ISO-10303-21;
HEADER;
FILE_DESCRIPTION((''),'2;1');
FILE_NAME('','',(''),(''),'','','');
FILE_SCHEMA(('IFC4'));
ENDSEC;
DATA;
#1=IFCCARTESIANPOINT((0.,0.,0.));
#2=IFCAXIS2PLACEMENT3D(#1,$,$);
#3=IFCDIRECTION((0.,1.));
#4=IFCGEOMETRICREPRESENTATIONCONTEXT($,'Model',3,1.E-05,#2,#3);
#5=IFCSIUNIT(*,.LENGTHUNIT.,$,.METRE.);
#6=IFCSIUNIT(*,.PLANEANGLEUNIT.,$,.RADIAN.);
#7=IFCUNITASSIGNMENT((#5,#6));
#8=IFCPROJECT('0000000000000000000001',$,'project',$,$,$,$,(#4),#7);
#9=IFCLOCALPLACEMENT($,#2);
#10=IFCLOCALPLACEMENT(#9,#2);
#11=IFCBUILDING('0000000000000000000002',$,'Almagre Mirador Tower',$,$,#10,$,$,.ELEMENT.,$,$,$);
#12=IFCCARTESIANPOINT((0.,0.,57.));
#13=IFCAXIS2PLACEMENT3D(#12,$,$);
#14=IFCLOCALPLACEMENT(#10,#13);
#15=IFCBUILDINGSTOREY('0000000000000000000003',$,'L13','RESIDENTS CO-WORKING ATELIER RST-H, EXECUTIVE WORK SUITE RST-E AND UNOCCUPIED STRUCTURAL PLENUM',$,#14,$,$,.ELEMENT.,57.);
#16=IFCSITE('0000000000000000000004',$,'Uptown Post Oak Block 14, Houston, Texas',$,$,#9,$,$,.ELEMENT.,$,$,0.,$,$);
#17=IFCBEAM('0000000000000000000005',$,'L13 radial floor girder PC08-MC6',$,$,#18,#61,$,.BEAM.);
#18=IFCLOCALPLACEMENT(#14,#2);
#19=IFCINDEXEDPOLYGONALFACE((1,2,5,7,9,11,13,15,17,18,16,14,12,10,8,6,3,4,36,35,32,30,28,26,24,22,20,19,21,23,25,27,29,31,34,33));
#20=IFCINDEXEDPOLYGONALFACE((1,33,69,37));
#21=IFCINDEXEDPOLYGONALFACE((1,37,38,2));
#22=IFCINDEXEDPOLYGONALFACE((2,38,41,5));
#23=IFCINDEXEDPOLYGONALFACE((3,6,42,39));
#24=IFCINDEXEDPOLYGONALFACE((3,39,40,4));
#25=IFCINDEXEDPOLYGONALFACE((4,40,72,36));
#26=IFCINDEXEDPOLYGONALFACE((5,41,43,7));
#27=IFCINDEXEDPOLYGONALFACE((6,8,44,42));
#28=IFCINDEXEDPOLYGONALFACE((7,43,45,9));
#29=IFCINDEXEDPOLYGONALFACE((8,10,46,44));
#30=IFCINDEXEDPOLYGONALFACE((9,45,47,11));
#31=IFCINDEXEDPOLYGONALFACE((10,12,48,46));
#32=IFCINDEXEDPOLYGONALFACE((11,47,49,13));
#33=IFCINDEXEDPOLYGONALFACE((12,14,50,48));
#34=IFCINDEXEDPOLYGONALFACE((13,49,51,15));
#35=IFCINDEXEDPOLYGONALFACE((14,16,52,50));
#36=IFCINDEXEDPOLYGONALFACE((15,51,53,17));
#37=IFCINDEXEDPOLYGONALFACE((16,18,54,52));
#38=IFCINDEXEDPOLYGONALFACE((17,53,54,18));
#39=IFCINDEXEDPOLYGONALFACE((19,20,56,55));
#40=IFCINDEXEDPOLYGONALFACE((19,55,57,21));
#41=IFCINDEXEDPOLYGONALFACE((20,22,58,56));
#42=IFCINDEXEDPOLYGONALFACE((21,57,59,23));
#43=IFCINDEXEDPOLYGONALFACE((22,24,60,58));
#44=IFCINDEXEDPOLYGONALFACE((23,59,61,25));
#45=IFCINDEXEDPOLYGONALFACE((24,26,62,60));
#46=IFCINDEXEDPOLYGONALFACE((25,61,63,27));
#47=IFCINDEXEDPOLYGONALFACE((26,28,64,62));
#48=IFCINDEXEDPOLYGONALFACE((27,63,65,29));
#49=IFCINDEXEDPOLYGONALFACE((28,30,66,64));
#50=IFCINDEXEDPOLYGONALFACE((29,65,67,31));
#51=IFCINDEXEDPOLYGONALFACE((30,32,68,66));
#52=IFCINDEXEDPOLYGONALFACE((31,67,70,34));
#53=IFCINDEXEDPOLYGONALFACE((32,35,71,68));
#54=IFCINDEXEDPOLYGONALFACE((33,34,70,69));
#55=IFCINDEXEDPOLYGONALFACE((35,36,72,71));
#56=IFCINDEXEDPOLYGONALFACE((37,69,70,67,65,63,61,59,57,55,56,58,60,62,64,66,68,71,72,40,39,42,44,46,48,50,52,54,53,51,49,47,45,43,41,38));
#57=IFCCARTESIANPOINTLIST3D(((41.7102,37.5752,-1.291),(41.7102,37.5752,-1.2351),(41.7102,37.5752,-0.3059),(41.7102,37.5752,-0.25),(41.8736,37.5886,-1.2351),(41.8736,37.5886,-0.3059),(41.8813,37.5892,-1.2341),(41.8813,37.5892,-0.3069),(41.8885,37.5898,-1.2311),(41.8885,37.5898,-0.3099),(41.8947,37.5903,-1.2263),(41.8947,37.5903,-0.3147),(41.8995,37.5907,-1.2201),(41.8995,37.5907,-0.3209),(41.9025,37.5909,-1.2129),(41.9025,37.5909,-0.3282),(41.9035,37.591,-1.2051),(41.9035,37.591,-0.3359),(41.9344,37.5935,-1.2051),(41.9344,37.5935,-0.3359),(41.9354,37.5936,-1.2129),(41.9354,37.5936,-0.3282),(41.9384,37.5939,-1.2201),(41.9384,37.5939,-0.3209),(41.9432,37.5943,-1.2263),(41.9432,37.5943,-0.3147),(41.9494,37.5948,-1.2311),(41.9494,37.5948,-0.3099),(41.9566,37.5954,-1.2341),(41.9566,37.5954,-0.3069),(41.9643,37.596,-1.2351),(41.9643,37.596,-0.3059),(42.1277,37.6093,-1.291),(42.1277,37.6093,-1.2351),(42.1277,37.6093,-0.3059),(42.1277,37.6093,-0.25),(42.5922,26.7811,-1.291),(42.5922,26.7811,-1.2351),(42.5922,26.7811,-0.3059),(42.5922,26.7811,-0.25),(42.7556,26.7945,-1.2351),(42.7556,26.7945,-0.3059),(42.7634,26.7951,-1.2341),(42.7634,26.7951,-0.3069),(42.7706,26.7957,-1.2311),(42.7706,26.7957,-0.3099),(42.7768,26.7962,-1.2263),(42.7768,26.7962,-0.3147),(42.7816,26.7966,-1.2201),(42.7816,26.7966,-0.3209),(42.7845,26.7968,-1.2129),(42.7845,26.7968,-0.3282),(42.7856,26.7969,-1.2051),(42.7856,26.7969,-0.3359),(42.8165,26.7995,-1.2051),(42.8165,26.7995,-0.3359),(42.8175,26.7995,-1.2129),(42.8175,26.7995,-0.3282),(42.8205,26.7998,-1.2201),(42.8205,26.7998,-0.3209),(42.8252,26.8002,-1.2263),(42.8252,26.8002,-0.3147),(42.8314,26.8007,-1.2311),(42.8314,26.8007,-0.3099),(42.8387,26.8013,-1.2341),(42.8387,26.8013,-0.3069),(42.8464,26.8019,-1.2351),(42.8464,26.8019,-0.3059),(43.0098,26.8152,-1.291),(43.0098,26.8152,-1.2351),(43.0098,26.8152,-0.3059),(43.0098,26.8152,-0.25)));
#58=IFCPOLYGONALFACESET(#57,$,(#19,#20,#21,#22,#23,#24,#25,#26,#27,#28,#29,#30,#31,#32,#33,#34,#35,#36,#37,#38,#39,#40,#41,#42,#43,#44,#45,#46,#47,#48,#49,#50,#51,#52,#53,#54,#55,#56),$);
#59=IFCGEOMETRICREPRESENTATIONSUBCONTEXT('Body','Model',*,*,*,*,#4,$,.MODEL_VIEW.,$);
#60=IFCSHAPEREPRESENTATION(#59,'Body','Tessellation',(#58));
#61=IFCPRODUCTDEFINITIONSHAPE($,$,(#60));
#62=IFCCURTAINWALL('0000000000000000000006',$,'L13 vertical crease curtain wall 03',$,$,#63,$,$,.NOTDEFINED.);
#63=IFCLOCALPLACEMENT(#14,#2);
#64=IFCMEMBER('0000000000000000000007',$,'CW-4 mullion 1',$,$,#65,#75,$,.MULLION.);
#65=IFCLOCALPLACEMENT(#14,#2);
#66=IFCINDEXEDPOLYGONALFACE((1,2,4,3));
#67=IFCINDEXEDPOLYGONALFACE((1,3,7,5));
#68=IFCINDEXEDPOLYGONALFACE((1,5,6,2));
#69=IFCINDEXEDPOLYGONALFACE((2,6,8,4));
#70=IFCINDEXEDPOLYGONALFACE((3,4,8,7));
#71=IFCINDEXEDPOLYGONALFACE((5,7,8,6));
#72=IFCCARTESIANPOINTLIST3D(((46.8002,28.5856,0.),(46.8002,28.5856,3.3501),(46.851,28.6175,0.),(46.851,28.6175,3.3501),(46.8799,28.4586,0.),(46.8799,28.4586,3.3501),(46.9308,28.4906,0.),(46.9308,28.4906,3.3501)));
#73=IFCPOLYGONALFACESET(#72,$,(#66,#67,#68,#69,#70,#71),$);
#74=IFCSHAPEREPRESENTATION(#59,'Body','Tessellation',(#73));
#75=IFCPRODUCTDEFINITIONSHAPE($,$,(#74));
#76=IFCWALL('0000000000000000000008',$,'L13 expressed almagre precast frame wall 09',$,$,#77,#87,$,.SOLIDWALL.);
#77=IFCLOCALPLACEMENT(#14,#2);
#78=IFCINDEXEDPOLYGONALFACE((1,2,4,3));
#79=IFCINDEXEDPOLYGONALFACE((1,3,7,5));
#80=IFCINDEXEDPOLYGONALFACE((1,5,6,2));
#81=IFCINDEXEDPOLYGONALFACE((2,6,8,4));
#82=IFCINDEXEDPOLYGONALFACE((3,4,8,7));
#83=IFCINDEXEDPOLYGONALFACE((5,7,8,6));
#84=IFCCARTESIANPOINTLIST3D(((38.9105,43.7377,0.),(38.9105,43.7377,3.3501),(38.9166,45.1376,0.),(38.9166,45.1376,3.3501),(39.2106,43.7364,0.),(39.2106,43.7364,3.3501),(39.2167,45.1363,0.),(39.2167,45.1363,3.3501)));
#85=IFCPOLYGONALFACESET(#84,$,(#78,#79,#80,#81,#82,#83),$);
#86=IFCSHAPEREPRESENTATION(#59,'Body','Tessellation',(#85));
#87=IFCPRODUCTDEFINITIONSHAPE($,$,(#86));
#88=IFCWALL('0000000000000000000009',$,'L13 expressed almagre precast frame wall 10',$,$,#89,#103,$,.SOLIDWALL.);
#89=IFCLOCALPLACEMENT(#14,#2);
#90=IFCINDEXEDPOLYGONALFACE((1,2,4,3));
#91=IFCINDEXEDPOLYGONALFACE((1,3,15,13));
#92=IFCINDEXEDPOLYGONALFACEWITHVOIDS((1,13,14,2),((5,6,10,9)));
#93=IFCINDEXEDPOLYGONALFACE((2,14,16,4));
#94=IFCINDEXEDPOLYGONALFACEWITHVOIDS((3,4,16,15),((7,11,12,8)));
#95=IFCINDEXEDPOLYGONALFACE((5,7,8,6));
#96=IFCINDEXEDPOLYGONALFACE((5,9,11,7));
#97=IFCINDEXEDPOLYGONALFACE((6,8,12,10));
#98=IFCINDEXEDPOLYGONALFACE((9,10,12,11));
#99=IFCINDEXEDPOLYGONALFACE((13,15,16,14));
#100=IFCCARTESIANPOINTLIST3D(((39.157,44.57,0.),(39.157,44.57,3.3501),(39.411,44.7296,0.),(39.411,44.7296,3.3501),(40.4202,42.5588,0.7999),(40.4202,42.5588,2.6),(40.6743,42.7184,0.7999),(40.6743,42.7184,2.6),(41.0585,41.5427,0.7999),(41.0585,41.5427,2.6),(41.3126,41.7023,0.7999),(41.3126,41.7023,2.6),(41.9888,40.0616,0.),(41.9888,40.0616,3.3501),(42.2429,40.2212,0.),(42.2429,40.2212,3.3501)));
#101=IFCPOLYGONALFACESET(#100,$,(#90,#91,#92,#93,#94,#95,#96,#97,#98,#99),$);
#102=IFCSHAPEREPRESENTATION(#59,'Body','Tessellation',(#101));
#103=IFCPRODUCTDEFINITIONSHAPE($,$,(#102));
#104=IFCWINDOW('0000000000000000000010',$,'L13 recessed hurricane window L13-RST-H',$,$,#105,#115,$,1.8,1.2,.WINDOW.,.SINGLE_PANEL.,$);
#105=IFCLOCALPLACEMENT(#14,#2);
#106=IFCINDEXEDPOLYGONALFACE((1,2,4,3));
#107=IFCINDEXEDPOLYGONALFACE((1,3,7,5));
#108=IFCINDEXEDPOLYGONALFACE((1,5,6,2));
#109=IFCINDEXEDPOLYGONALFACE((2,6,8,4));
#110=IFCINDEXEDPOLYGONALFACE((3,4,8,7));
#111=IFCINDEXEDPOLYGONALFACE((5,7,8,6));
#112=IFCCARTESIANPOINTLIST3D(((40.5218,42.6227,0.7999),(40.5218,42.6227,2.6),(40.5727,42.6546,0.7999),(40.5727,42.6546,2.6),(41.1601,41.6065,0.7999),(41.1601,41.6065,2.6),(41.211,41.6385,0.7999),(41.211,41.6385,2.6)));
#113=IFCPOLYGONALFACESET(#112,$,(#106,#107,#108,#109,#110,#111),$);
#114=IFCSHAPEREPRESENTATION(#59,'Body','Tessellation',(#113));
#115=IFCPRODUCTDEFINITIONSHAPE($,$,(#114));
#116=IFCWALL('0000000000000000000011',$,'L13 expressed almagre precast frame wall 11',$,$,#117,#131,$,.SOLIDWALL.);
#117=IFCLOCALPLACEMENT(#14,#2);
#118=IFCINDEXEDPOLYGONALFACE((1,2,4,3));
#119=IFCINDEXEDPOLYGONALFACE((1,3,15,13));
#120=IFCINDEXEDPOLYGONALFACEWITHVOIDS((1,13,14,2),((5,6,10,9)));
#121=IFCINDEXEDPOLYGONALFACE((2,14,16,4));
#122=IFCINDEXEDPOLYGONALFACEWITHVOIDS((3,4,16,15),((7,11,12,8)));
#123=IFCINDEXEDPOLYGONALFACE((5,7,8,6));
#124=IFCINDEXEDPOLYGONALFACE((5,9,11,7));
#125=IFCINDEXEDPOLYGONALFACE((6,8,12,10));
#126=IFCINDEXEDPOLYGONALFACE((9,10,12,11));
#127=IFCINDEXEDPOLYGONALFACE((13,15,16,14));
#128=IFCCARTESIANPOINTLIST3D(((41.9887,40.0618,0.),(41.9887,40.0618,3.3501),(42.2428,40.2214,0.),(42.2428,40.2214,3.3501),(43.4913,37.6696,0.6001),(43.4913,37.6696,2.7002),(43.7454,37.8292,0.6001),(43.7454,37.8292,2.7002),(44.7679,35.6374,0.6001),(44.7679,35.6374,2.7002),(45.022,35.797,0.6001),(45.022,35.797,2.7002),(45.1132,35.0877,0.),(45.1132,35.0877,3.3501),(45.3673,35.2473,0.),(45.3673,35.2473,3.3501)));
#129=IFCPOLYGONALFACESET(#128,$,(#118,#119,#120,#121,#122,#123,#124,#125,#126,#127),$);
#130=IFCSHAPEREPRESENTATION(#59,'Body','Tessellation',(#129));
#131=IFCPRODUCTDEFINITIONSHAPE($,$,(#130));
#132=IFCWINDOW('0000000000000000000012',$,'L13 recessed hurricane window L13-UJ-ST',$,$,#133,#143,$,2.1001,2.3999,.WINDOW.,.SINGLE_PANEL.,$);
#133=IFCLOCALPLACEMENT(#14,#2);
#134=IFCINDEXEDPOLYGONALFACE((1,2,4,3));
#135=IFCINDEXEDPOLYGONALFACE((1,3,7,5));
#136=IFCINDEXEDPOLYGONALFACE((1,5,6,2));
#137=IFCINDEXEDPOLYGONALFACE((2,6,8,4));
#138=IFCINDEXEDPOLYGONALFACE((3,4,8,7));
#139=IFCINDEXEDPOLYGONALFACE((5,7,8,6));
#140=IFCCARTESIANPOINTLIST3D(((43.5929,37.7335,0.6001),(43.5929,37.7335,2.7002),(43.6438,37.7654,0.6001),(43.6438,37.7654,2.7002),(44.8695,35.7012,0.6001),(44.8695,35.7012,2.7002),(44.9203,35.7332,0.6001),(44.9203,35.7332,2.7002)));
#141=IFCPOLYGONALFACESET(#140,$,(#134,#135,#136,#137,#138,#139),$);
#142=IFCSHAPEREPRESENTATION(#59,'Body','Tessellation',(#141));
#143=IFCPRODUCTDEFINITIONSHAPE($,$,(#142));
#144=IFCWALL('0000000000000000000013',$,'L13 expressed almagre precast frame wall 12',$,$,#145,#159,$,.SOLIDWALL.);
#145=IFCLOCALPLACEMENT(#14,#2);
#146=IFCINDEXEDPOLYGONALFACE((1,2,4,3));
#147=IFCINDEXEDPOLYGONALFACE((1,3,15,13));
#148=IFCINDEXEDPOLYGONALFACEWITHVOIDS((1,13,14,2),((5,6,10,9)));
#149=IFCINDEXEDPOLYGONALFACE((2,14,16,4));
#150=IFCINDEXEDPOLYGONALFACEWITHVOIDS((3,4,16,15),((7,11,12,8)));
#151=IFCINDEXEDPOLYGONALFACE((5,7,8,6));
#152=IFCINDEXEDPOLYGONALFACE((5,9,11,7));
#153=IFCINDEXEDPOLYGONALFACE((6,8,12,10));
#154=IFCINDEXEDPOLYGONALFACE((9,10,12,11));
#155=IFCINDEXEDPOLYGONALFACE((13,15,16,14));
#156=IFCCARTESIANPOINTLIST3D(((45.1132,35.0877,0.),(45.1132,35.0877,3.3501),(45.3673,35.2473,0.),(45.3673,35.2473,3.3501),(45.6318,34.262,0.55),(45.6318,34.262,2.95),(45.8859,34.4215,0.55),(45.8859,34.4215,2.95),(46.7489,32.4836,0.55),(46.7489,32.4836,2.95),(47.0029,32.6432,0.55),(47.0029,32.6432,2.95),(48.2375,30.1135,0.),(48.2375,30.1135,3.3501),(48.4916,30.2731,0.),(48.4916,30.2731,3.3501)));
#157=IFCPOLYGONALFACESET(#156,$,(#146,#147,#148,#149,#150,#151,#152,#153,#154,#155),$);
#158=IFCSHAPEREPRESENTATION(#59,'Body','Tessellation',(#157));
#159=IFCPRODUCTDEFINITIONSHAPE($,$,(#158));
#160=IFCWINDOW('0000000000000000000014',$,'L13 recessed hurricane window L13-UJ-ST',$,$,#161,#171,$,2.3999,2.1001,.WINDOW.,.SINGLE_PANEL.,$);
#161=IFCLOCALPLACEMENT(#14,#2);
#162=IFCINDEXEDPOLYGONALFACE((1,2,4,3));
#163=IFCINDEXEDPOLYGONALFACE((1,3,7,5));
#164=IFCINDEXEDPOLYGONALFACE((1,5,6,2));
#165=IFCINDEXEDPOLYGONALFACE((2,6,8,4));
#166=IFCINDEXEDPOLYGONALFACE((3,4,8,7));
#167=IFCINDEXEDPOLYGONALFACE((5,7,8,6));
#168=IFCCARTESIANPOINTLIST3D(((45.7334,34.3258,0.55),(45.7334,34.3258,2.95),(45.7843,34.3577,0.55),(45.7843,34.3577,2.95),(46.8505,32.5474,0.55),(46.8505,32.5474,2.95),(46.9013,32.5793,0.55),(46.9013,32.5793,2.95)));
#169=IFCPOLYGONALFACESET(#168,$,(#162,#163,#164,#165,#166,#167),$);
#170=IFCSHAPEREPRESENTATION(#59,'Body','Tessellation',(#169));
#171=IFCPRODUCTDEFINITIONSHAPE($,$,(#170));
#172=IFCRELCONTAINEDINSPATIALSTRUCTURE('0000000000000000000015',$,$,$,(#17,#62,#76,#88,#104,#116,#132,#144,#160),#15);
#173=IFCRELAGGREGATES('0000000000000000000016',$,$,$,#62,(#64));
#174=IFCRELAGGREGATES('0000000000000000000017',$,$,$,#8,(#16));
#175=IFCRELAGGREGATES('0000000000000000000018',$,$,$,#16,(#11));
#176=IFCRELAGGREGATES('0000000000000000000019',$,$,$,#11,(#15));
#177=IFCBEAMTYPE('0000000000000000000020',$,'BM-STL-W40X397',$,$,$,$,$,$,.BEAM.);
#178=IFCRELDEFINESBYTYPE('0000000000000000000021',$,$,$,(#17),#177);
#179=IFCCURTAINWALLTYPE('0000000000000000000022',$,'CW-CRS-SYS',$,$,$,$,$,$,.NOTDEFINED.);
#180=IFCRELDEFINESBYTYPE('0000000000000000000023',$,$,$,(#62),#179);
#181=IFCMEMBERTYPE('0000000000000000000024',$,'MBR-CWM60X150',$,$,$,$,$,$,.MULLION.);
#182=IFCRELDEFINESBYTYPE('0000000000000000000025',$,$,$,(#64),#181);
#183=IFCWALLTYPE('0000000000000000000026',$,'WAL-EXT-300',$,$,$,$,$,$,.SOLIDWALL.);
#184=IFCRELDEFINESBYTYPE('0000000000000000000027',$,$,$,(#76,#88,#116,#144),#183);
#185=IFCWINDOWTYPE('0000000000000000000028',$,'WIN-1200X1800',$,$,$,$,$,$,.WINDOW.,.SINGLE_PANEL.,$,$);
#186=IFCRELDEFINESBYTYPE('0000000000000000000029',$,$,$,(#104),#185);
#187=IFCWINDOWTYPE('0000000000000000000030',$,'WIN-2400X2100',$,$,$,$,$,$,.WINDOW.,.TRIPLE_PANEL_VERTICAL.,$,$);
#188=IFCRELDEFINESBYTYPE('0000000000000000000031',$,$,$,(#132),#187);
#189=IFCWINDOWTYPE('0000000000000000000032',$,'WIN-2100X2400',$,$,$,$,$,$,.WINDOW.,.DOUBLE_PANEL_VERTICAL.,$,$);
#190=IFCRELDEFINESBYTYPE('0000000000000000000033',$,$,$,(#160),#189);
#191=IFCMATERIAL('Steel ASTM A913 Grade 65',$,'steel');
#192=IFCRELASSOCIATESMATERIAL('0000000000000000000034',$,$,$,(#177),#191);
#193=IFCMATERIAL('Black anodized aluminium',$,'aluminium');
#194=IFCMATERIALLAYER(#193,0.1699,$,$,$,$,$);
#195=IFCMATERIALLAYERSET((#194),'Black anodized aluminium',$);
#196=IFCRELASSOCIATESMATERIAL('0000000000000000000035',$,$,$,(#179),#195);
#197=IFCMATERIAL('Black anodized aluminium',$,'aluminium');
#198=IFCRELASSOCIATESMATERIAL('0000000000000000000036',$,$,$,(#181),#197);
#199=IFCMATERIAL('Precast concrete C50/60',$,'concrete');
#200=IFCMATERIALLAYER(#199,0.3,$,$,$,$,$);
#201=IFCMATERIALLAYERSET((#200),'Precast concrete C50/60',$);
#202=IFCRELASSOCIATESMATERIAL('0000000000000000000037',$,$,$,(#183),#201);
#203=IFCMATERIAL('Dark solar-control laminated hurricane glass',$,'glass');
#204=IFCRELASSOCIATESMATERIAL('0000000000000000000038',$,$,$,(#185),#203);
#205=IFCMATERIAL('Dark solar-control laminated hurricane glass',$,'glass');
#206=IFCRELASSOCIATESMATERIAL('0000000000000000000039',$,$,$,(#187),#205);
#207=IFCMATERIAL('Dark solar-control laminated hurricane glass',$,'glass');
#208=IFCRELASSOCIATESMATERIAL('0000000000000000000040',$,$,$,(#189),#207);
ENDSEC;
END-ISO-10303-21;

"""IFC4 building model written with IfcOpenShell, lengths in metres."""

from ifc_helpers import new_model, si_unit, direction, frame, frame_2d, origin, origin_2d, place, context, subcontext, project, spatial, rectangle, i_section, extrude, material, layer, layer_set, material_profile, profile_set, type_object, element, fill, aggregate, save


model = new_model("IFC4")

# Units and contexts
model_context = context("Model", 3, precision=1e-05, world=origin(), true_north=direction((0.0, 1.0)))
body_context = subcontext(model_context, "Body", "Model", "MODEL_VIEW")
ifc_project = project(units=[si_unit("LENGTHUNIT", "METRE"), si_unit("PLANEANGLEUNIT", "RADIAN")], contexts=[model_context])

# Site, building, storey
site_placement = place(None, origin())
site = spatial("IfcSite", under=ifc_project, at=site_placement, Name="Uptown Post Oak Block 14, Houston, Texas", CompositionType="ELEMENT", RefElevation=0.0)
building_placement = place(site_placement, origin())
building = spatial("IfcBuilding", under=site, at=building_placement, Name="Almagre Mirador Tower", CompositionType="ELEMENT")
storey_placement = place(building_placement, frame((0.0, 0.0, 57.0)))
storey = spatial("IfcBuildingStorey", under=building, at=storey_placement, Name="L13", Description="RESIDENTS CO-WORKING ATELIER RST-H, EXECUTIVE WORK SUITE RST-E AND UNOCCUPIED STRUCTURAL PLENUM", CompositionType="ELEMENT", Elevation=57.0)

# Beam
ifc_material_1 = material(Name="Steel ASTM A913 Grade 65", Category="steel")
ifc_material_profile_1 = material_profile(ifc_material_1, i_section(OverallWidth=0.4189, OverallDepth=1.041, WebThickness=0.031, FlangeThickness=0.0559, FilletRadius=0.03, at=origin_2d()), Name="W40X397")
ifc_profile_set_1 = profile_set([ifc_material_profile_1], Name="Steel ASTM A913 Grade 65")
beam_type_1 = type_object("IfcBeamType", Name="BM-STL-W40X397", PredefinedType="BEAM", material=ifc_profile_set_1)
beam_1_placement = place(storey_placement, frame((41.9189, 37.5923, -0.7705), z_axis=(0.081447, -0.996678, 0.0), x_axis=(0.996678, 0.081447, 0.0)))
element("IfcBeam", 1, at=beam_1_placement, inside=storey, type_object=beam_type_1, Name="L13 radial floor girder PC08-MC6", PredefinedType="BEAM", context=body_context, shape_type="SweptSolid", body=[
    extrude(i_section(OverallWidth=0.4189, OverallDepth=1.041, WebThickness=0.031, FlangeThickness=0.0559, FilletRadius=0.03, at=origin_2d()), origin(), (0.0, 0.0, 1.0), 10.8301),
])

# Curtain wall, member
ifc_material_2 = material(Name="Black anodized aluminium", Category="aluminium")
ifc_layer_1 = layer(ifc_material_2, 0.1699)
ifc_layer_set_1 = layer_set([ifc_layer_1], Name="Black anodized aluminium")
curtain_wall_type = type_object("IfcCurtainWallType", Name="CW-CRS-SYS", PredefinedType="NOTDEFINED", material=ifc_layer_set_1)
curtain_wall_placement = place(storey_placement, origin())
curtain_wall = element("IfcCurtainWall", 2, at=curtain_wall_placement, inside=storey, type_object=curtain_wall_type, Name="L13 vertical crease curtain wall 03", PredefinedType="NOTDEFINED")
ifc_material_3 = material(Name="Black anodized aluminium", Category="aluminium")
ifc_material_profile_2 = material_profile(ifc_material_3, rectangle(XDim=0.0601, YDim=0.1499, at=origin_2d()), Name="CWM60X150")
ifc_profile_set_2 = profile_set([ifc_material_profile_2], Name="Black anodized aluminium")
member_type = type_object("IfcMemberType", Name="MBR-CWM60X150", PredefinedType="MULLION", material=ifc_profile_set_2)
member_placement = place(storey_placement, frame((46.8655, 28.5381, 0.0), z_axis=(0.0, 0.0, 1.0), x_axis=(0.84674, 0.532007, 0.0)))
member = element("IfcMember", 3, at=member_placement, type_object=member_type, Name="CW-4 mullion 1", PredefinedType="MULLION", context=body_context, shape_type="SweptSolid", body=[
    extrude(rectangle(XDim=0.0601, YDim=0.1499, at=origin_2d()), origin(), (0.0, 0.0, 1.0), 3.3501),
])
aggregate(curtain_wall, [member])

# Wall
ifc_material_4 = material(Name="Precast concrete C50/60", Category="concrete")
ifc_layer_2 = layer(ifc_material_4, 0.3)
ifc_layer_set_2 = layer_set([ifc_layer_2], Name="Precast concrete C50/60")
wall_type_1 = type_object("IfcWallType", Name="WAL-EXT-300", PredefinedType="SOLIDWALL", material=ifc_layer_set_2)
wall_1_placement = place(storey_placement, frame((39.0605, 43.7371, 0.0), z_axis=(0.0, 0.0, 1.0), x_axis=(0.00436, 0.99999, 0.0)))
element("IfcWall", 4, at=wall_1_placement, inside=storey, type_object=wall_type_1, Name="L13 expressed almagre precast frame wall 09", PredefinedType="SOLIDWALL", context=body_context, shape_type="SweptSolid", body=[
    extrude(rectangle(XDim=1.3999, YDim=0.3, at=frame_2d((0.7, 0.0))), origin(), (0.0, 0.0, 1.0), 3.3501),
])

# Walls, openings, windows
wall_2_placement = place(storey_placement, frame((39.2839, 44.6499, 0.0), z_axis=(0.0, 0.0, 1.0), x_axis=(0.531902, -0.846806, 0.0)))
wall_2 = element("IfcWall", 5, at=wall_2_placement, inside=storey, type_object=wall_type_1, Name="L13 expressed almagre precast frame wall 10", PredefinedType="SOLIDWALL", context=body_context, shape_type="SweptSolid", body=[
    extrude(rectangle(XDim=5.324, YDim=0.3, at=frame_2d((2.6621, 0.0))), origin(), (0.0, 0.0, 1.0), 3.3501),
])
opening_1_placement = place(wall_2_placement, frame((2.375, 0.0, 0.8)))
opening_1 = element("IfcOpeningElement", 6, at=opening_1_placement, cuts=wall_2, PredefinedType="OPENING", context=body_context, shape_type="SweptSolid", body=[
    extrude(rectangle(XDim=1.2, YDim=1.8, at=frame_2d((0.6001, 0.8999))), frame((0.0, 0.1599, 0.0), z_axis=(0.0, -1.0, 0.0), x_axis=(1.0, 0.0, 0.0)), (0.0, 0.0, 1.0), 0.32),
])
ifc_material_5 = material(Name="Dark solar-control laminated hurricane glass", Category="glass")
window_type_1 = type_object("IfcWindowType", Name="WIN-1200X1800", PartitioningType="SINGLE_PANEL", PredefinedType="WINDOW", material=ifc_material_5)
window_1_placement = place(opening_1_placement, origin())
window_1 = element("IfcWindow", 7, at=window_1_placement, inside=storey, type_object=window_type_1, Name="L13 recessed hurricane window L13-RST-H", OverallHeight=1.8, OverallWidth=1.2, PartitioningType="SINGLE_PANEL", PredefinedType="WINDOW", context=body_context, shape_type="SweptSolid", body=[
    extrude(rectangle(XDim=1.2, YDim=1.8, at=frame_2d((0.6001, 0.8999))), frame((0.0, 0.03, 0.0), z_axis=(0.0, -1.0, 0.0), x_axis=(1.0, 0.0, 0.0)), (0.0, 0.0, 1.0), 0.0601),
])
fill(opening_1, window_1)
wall_3_placement = place(storey_placement, frame((42.1157, 40.1416, 0.0), z_axis=(0.0, 0.0, 1.0), x_axis=(0.531918, -0.846796, 0.0)))
wall_3 = element("IfcWall", 8, at=wall_3_placement, inside=storey, type_object=wall_type_1, Name="L13 expressed almagre precast frame wall 11", PredefinedType="SOLIDWALL", context=body_context, shape_type="SweptSolid", body=[
    extrude(rectangle(XDim=5.874, YDim=0.3, at=frame_2d((2.937, 0.0))), origin(), (0.0, 0.0, 1.0), 3.3501),
])
opening_2_placement = place(wall_3_placement, frame((2.825, 0.0, 0.6001)))
opening_2 = element("IfcOpeningElement", 9, at=opening_2_placement, cuts=wall_3, PredefinedType="OPENING", context=body_context, shape_type="SweptSolid", body=[
    extrude(rectangle(XDim=2.3999, YDim=2.1001, at=frame_2d((1.2, 1.05))), frame((0.0, 0.1599, 0.0), z_axis=(0.0, -1.0, 0.0), x_axis=(1.0, 0.0, 0.0)), (0.0, 0.0, 1.0), 0.32),
])
ifc_material_6 = material(Name="Dark solar-control laminated hurricane glass", Category="glass")
window_type_2 = type_object("IfcWindowType", Name="WIN-2400X2100", PartitioningType="TRIPLE_PANEL_VERTICAL", PredefinedType="WINDOW", material=ifc_material_6)
window_2_placement = place(opening_2_placement, origin())
window_2 = element("IfcWindow", 10, at=window_2_placement, inside=storey, type_object=window_type_2, Name="L13 recessed hurricane window L13-UJ-ST", OverallHeight=2.1001, OverallWidth=2.3999, PartitioningType="SINGLE_PANEL", PredefinedType="WINDOW", context=body_context, shape_type="SweptSolid", body=[
    extrude(rectangle(XDim=2.3999, YDim=2.1001, at=frame_2d((1.2, 1.05))), frame((0.0, 0.03, 0.0), z_axis=(0.0, -1.0, 0.0), x_axis=(1.0, 0.0, 0.0)), (0.0, 0.0, 1.0), 0.0601),
])
fill(opening_2, window_2)
wall_4_placement = place(storey_placement, frame((45.2402, 35.1675, 0.0), z_axis=(0.0, 0.0, 1.0), x_axis=(0.531888, -0.846815, 0.0)))
wall_4 = element("IfcWall", 11, at=wall_4_placement, inside=storey, type_object=wall_type_1, Name="L13 expressed almagre precast frame wall 12", PredefinedType="SOLIDWALL", context=body_context, shape_type="SweptSolid", body=[
    extrude(rectangle(XDim=5.874, YDim=0.3, at=frame_2d((2.937, 0.0))), origin(), (0.0, 0.0, 1.0), 3.3501),
])
opening_3_placement = place(wall_4_placement, frame((0.9751, 0.0, 0.55)))
opening_3 = element("IfcOpeningElement", 12, at=opening_3_placement, cuts=wall_4, PredefinedType="OPENING", context=body_context, shape_type="SweptSolid", body=[
    extrude(rectangle(XDim=2.1001, YDim=2.3999, at=frame_2d((1.05, 1.2))), frame((0.0, 0.1599, 0.0), z_axis=(0.0, -1.0, 0.0), x_axis=(1.0, 0.0, 0.0)), (0.0, 0.0, 1.0), 0.32),
])
ifc_material_7 = material(Name="Dark solar-control laminated hurricane glass", Category="glass")
window_type_3 = type_object("IfcWindowType", Name="WIN-2100X2400", PartitioningType="DOUBLE_PANEL_VERTICAL", PredefinedType="WINDOW", material=ifc_material_7)
window_3_placement = place(opening_3_placement, origin())
window_3 = element("IfcWindow", 13, at=window_3_placement, inside=storey, type_object=window_type_3, Name="L13 recessed hurricane window L13-UJ-ST", OverallHeight=2.3999, OverallWidth=2.1001, PartitioningType="SINGLE_PANEL", PredefinedType="WINDOW", context=body_context, shape_type="SweptSolid", body=[
    extrude(rectangle(XDim=2.1001, YDim=2.3999, at=frame_2d((1.05, 1.2))), frame((0.0, 0.03, 0.0), z_axis=(0.0, -1.0, 0.0), x_axis=(1.0, 0.0, 0.0)), (0.0, 0.0, 1.0), 0.0601),
])
fill(opening_3, window_3)

save(model, "model.ifc")
